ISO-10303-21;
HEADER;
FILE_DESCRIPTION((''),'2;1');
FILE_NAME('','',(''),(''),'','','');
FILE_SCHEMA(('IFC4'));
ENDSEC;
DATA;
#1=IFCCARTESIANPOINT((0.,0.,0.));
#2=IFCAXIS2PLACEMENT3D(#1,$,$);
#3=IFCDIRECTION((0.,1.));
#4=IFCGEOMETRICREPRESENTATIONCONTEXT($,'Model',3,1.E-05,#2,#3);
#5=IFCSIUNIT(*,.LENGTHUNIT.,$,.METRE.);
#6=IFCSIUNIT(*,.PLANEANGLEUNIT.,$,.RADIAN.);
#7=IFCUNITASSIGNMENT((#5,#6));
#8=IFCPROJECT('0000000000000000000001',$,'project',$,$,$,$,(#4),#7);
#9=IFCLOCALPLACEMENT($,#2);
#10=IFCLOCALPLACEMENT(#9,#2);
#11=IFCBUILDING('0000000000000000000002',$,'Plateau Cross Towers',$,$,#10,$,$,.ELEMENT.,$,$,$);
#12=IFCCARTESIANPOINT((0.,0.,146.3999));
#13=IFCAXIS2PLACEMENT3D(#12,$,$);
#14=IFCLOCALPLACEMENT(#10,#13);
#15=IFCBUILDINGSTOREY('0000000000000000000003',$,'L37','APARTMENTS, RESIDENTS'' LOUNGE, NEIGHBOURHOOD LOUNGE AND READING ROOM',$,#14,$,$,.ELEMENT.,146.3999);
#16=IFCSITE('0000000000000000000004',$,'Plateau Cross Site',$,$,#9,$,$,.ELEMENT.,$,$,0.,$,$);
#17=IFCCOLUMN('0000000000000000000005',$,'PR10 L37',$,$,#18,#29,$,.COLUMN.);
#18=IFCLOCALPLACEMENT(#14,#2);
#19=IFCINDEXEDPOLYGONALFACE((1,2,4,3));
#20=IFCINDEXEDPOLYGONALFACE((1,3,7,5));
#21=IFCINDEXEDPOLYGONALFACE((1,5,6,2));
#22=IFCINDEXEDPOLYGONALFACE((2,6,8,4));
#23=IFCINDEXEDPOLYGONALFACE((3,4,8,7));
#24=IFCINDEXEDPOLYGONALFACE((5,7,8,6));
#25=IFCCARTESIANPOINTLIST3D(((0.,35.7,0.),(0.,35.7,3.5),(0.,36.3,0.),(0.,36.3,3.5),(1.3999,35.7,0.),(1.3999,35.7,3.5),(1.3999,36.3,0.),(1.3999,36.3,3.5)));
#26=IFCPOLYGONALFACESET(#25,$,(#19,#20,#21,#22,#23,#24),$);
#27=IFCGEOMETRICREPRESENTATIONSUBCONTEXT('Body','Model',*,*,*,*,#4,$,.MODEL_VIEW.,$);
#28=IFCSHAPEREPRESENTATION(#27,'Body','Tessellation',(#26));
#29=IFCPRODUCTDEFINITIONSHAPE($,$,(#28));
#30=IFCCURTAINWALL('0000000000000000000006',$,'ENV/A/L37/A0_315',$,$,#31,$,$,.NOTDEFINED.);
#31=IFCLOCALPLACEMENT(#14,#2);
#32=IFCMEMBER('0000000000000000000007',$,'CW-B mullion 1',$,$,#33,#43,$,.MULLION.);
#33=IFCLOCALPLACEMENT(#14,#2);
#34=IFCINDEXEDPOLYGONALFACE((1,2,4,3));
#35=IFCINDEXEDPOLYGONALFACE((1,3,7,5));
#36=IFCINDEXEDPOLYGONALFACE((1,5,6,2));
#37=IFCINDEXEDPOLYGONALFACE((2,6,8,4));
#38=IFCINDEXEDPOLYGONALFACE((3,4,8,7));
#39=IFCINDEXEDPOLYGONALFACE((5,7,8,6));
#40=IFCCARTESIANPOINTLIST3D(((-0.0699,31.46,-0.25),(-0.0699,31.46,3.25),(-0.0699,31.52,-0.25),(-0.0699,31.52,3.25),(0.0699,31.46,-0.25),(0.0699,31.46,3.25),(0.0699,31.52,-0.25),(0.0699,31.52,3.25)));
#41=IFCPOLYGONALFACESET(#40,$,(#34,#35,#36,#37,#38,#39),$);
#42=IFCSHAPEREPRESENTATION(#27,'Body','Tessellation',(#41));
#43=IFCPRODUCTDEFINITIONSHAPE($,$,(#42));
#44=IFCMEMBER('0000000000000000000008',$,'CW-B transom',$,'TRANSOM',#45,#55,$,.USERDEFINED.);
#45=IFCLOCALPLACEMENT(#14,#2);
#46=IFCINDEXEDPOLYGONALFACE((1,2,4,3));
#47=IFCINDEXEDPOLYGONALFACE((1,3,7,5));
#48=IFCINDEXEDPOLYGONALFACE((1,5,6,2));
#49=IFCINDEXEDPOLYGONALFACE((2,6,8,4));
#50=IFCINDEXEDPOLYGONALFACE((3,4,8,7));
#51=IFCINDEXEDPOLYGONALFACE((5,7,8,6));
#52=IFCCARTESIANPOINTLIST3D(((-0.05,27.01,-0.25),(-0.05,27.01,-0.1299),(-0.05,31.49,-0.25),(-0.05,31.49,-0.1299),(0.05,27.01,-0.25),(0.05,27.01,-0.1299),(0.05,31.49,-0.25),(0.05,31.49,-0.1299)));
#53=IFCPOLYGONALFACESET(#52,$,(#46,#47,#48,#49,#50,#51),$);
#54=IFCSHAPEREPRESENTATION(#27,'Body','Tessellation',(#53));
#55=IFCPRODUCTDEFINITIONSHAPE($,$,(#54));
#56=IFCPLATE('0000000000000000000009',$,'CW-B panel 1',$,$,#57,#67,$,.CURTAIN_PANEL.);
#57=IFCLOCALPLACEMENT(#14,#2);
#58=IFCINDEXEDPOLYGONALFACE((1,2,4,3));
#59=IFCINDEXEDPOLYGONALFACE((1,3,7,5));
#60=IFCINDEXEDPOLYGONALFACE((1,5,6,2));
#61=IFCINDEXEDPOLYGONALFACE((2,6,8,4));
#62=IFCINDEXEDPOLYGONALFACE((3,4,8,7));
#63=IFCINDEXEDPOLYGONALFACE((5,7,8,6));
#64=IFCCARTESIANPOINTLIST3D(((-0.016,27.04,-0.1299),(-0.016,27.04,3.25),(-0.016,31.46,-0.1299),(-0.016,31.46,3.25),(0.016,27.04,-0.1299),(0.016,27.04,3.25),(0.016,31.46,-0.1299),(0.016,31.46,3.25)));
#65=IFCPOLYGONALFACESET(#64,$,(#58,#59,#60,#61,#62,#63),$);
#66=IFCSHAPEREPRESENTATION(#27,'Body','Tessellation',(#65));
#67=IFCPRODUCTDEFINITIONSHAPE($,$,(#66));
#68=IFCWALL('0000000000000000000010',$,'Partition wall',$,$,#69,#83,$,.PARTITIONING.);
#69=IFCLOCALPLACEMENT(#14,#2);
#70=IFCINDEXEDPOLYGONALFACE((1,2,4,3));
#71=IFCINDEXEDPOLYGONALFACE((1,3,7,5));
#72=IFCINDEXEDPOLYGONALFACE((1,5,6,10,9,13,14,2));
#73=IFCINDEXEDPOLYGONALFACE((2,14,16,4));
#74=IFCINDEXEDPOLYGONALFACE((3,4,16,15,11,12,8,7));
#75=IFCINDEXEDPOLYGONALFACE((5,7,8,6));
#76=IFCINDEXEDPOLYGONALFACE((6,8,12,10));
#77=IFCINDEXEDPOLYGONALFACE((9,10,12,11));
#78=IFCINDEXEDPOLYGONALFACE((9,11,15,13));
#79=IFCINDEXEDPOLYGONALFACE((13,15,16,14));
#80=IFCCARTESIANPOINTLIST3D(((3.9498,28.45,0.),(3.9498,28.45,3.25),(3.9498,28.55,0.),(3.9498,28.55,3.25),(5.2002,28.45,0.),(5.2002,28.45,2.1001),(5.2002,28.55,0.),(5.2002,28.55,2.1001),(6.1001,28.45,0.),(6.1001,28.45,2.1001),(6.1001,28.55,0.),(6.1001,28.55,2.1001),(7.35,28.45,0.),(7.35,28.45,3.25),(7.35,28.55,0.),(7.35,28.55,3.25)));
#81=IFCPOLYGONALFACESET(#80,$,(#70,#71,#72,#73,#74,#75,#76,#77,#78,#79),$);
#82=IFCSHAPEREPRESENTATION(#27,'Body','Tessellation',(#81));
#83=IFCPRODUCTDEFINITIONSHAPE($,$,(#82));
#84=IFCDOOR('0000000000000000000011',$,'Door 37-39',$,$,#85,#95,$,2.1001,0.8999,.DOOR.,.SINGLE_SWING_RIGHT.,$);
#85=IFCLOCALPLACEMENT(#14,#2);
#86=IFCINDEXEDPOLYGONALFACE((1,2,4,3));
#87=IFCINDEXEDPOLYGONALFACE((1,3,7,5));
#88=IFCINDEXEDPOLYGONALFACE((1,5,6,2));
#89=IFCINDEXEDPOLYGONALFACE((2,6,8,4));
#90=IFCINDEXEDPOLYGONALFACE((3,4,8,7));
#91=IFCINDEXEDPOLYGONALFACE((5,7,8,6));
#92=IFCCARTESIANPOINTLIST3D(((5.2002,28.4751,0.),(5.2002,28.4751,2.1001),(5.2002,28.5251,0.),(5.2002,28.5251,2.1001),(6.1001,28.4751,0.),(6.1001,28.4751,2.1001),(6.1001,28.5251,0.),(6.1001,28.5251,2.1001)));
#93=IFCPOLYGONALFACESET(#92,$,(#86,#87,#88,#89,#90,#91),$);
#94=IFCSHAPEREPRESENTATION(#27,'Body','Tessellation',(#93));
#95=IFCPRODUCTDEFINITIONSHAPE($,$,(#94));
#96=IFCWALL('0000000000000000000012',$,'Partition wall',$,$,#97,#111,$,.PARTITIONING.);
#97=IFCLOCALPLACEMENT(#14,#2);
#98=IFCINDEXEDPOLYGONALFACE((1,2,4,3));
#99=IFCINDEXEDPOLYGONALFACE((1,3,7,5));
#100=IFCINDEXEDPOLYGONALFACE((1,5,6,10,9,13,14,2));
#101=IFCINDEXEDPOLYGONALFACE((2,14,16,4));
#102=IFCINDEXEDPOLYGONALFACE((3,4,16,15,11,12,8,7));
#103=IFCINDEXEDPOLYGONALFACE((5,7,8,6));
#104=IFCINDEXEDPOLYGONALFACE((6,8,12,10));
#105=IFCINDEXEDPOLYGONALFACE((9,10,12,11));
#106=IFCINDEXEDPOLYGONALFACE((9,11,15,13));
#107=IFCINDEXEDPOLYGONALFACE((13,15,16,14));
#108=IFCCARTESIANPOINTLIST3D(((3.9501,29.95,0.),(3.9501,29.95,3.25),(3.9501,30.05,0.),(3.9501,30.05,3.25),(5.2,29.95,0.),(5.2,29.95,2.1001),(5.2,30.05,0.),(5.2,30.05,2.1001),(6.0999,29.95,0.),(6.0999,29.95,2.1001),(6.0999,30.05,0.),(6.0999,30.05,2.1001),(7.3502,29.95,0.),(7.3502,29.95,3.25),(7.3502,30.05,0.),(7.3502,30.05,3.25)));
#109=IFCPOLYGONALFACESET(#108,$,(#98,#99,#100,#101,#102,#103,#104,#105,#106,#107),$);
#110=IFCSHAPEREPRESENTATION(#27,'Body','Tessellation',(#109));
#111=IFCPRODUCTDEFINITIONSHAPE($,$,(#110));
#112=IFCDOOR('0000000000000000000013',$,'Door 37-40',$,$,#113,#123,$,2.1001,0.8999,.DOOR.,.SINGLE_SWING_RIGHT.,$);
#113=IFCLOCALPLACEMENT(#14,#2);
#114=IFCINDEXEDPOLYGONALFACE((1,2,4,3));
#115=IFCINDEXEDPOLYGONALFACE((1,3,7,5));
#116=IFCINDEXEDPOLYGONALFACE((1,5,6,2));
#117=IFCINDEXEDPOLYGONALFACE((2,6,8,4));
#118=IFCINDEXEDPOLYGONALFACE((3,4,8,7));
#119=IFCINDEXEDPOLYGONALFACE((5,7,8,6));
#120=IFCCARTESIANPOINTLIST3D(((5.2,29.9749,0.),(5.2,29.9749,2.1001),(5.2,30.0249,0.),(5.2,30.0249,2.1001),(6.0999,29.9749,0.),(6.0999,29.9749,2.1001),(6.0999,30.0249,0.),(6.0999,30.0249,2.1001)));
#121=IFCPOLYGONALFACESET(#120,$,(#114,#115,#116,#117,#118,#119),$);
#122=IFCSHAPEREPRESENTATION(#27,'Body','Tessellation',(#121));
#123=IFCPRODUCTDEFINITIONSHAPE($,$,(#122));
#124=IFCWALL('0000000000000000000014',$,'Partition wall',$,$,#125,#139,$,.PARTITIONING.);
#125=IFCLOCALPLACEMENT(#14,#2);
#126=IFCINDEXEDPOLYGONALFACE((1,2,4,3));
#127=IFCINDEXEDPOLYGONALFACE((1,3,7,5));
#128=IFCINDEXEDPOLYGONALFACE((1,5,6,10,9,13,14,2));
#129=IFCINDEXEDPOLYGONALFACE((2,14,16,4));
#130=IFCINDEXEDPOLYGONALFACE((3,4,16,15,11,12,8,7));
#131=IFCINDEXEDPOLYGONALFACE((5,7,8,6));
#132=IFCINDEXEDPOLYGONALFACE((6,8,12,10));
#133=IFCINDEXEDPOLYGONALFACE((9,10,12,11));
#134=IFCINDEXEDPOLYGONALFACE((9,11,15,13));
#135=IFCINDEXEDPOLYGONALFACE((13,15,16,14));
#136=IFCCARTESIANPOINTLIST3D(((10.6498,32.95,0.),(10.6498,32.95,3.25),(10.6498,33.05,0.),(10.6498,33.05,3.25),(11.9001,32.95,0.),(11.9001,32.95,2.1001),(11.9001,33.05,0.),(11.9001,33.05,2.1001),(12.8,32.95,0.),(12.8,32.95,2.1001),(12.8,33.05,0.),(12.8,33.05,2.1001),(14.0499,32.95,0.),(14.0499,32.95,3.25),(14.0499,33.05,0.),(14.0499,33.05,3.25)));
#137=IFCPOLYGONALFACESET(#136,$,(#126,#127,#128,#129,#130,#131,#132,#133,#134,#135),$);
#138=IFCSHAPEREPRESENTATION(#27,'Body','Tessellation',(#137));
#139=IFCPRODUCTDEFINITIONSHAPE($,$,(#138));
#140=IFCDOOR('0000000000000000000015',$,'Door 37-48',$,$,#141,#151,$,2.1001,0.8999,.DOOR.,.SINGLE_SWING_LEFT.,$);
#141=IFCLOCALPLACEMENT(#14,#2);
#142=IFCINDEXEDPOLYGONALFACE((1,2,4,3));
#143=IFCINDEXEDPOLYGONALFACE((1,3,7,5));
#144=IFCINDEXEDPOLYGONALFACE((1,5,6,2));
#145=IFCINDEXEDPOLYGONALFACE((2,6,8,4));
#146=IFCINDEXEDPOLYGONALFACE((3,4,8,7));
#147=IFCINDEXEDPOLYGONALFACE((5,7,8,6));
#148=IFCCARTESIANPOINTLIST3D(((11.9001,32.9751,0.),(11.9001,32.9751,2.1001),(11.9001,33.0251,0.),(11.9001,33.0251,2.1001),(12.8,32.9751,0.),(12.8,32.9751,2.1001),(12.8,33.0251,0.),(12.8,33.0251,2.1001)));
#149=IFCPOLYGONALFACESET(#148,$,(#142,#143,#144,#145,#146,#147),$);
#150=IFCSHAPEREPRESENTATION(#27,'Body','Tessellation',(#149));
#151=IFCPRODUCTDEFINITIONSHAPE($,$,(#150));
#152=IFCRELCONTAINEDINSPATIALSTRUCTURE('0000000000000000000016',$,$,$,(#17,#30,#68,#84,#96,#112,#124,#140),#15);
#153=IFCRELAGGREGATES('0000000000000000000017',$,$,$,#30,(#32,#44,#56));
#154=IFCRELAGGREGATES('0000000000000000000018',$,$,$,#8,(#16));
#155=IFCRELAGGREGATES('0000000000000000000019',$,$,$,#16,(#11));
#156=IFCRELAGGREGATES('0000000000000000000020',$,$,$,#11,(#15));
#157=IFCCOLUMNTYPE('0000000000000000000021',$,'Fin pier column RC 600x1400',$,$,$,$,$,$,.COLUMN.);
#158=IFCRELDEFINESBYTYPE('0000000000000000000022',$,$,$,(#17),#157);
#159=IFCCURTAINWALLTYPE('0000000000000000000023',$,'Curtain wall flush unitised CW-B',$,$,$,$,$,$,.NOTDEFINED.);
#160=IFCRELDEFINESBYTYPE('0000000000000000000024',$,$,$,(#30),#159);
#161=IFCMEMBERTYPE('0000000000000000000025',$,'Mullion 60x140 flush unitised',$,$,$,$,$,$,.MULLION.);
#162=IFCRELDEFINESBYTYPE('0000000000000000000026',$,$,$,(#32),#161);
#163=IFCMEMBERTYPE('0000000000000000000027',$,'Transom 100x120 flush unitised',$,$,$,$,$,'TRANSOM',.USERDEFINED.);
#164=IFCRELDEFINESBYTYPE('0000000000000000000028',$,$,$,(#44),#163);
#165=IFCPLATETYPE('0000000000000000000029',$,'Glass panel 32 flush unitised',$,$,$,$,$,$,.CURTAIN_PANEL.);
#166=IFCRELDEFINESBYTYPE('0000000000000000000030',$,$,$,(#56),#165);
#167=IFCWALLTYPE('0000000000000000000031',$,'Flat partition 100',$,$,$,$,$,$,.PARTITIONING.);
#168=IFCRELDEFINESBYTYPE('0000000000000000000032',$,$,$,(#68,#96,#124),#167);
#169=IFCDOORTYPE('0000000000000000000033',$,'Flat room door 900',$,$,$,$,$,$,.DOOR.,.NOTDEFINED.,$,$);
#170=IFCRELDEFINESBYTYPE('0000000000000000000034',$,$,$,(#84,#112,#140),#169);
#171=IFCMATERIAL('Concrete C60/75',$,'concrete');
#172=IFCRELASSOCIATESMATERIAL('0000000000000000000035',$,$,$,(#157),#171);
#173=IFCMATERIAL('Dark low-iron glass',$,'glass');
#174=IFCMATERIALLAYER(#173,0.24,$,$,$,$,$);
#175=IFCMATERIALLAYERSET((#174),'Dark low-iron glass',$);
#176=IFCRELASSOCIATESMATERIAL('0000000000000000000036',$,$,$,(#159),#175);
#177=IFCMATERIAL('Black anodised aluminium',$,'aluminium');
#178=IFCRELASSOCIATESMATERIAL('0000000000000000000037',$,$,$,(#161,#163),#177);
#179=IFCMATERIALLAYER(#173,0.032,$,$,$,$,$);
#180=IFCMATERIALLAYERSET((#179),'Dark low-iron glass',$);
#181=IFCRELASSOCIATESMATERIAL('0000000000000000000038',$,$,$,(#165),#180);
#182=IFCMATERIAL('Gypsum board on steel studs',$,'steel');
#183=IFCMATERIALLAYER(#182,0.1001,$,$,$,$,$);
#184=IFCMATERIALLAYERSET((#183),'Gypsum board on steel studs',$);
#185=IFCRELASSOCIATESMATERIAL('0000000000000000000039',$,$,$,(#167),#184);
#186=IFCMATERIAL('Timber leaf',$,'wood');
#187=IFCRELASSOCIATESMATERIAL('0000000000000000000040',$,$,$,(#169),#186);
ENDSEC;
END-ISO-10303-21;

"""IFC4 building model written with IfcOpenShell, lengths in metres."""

from ifc_helpers import new_model, si_unit, direction, frame, frame_2d, origin, origin_2d, place, context, subcontext, project, spatial, rectangle, extrude, material, layer, layer_set, material_profile, profile_set, type_object, element, fill, aggregate, save


model = new_model("IFC4")

# Units and contexts
model_context = context("Model", 3, precision=1e-05, world=origin(), true_north=direction((0.0, 1.0)))
body_context = subcontext(model_context, "Body", "Model", "MODEL_VIEW")
ifc_project = project(units=[si_unit("LENGTHUNIT", "METRE"), si_unit("PLANEANGLEUNIT", "RADIAN")], contexts=[model_context])

# Site, building, storey
site_placement = place(None, origin())
site = spatial("IfcSite", under=ifc_project, at=site_placement, Name="Plateau Cross Site", CompositionType="ELEMENT", RefElevation=0.0)
building_placement = place(site_placement, origin())
building = spatial("IfcBuilding", under=site, at=building_placement, Name="Plateau Cross Towers", CompositionType="ELEMENT")
storey_placement = place(building_placement, frame((0.0, 0.0, 146.3999)))
storey = spatial("IfcBuildingStorey", under=building, at=storey_placement, Name="L37", Description="APARTMENTS, RESIDENTS' LOUNGE, NEIGHBOURHOOD LOUNGE AND READING ROOM", CompositionType="ELEMENT", Elevation=146.3999)

# Column
ifc_material_1 = material(Name="Concrete C60/75", Category="concrete")
ifc_material_profile_1 = material_profile(ifc_material_1, rectangle(XDim=0.6001, YDim=1.3999, at=origin_2d()), Name="RC 600x1400")
ifc_profile_set_1 = profile_set([ifc_material_profile_1], Name="Concrete C60/75")
column_type = type_object("IfcColumnType", Name="Fin pier column RC 600x1400", PredefinedType="COLUMN", material=ifc_profile_set_1)
column_placement = place(storey_placement, frame((0.7, 36.0, 0.0), z_axis=(0.0, 0.0, 1.0), x_axis=(0.0, 1.0, 0.0)))
element("IfcColumn", 1, at=column_placement, inside=storey, type_object=column_type, Name="PR10 L37", PredefinedType="COLUMN", context=body_context, shape_type="SweptSolid", body=[
    extrude(rectangle(XDim=0.6001, YDim=1.3999, at=origin_2d()), origin(), (0.0, 0.0, 1.0), 3.5),
])

# Curtain wall, members, plate
ifc_material_2 = material(Name="Dark low-iron glass", Category="glass")
ifc_layer_1 = layer(ifc_material_2, 0.24)
ifc_layer_set_1 = layer_set([ifc_layer_1], Name="Dark low-iron glass")
curtain_wall_type = type_object("IfcCurtainWallType", Name="Curtain wall flush unitised CW-B", PredefinedType="NOTDEFINED", material=ifc_layer_set_1)
curtain_wall_placement = place(storey_placement, origin())
curtain_wall = element("IfcCurtainWall", 2, at=curtain_wall_placement, inside=storey, type_object=curtain_wall_type, Name="ENV/A/L37/A0_315", PredefinedType="NOTDEFINED")
ifc_material_3 = material(Name="Black anodised aluminium", Category="aluminium")
ifc_material_profile_2 = material_profile(ifc_material_3, rectangle(XDim=0.0601, YDim=0.1399, at=origin_2d()), Name="MULLION 60x140")
ifc_profile_set_2 = profile_set([ifc_material_profile_2], Name="Black anodised aluminium")
member_type_1 = type_object("IfcMemberType", Name="Mullion 60x140 flush unitised", PredefinedType="MULLION", material=ifc_profile_set_2)
member_1_placement = place(storey_placement, frame((0.0, 31.49, -0.25), z_axis=(0.0, 0.0, 1.0), x_axis=(0.0, -1.0, 0.0)))
member_1 = element("IfcMember", 3, at=member_1_placement, type_object=member_type_1, Name="CW-B mullion 1", PredefinedType="MULLION", context=body_context, shape_type="SweptSolid", body=[
    extrude(rectangle(XDim=0.0601, YDim=0.1399, at=origin_2d()), origin(), (0.0, 0.0, 1.0), 3.5),
])
ifc_material_profile_3 = material_profile(ifc_material_3, rectangle(XDim=0.1001, YDim=0.1201, at=origin_2d()), Name="TRANSOM 100x120")
ifc_profile_set_3 = profile_set([ifc_material_profile_3], Name="Black anodised aluminium")
member_type_2 = type_object("IfcMemberType", Name="Transom 100x120 flush unitised", ElementType="TRANSOM", PredefinedType="USERDEFINED", material=ifc_profile_set_3)
member_2_placement = place(storey_placement, frame((0.0, 31.49, -0.1899), z_axis=(0.0, -1.0, 0.0), x_axis=(1.0, 0.0, 0.0)))
member_2 = element("IfcMember", 4, at=member_2_placement, type_object=member_type_2, Name="CW-B transom", ObjectType="TRANSOM", PredefinedType="USERDEFINED", context=body_context, shape_type="SweptSolid", body=[
    extrude(rectangle(XDim=0.1001, YDim=0.1201, at=origin_2d()), origin(), (0.0, 0.0, 1.0), 4.48),
])
ifc_layer_2 = layer(ifc_material_2, 0.032)
ifc_layer_set_2 = layer_set([ifc_layer_2], Name="Dark low-iron glass")
plate_type = type_object("IfcPlateType", Name="Glass panel 32 flush unitised", PredefinedType="CURTAIN_PANEL", material=ifc_layer_set_2)
plate_placement = place(storey_placement, frame((0.0, 29.25, -0.1299), z_axis=(0.0, 0.0, 1.0), x_axis=(0.0, -1.0, 0.0)))
plate = element("IfcPlate", 5, at=plate_placement, type_object=plate_type, Name="CW-B panel 1", PredefinedType="CURTAIN_PANEL", context=body_context, shape_type="SweptSolid", body=[
    extrude(rectangle(XDim=4.4199, YDim=0.032, at=origin_2d()), origin(), (0.0, 0.0, 1.0), 3.3799),
])
aggregate(curtain_wall, [member_1, member_2, plate])

# Walls, openings, doors
ifc_material_4 = material(Name="Gypsum board on steel studs", Category="steel")
ifc_layer_3 = layer(ifc_material_4, 0.1001)
ifc_layer_set_3 = layer_set([ifc_layer_3], Name="Gypsum board on steel studs")
wall_type_1 = type_object("IfcWallType", Name="Flat partition 100", PredefinedType="PARTITIONING", material=ifc_layer_set_3)
wall_1_placement = place(storey_placement, frame((7.3501, 28.5, 0.0), z_axis=(0.0, 0.0, 1.0), x_axis=(-1.0, 0.0, 0.0)))
wall_1 = element("IfcWall", 6, at=wall_1_placement, inside=storey, type_object=wall_type_1, Name="Partition wall", PredefinedType="PARTITIONING", context=body_context, shape_type="SweptSolid", body=[
    extrude(rectangle(XDim=3.4001, YDim=0.1001, at=frame_2d((1.7002, 0.0))), origin(), (0.0, 0.0, 1.0), 3.25),
])
opening_1_placement = place(wall_1_placement, frame((1.25, 0.0, 0.0)))
opening_1 = element("IfcOpeningElement", 7, at=opening_1_placement, cuts=wall_1, PredefinedType="OPENING", context=body_context, shape_type="SweptSolid", body=[
    extrude(rectangle(XDim=0.8999, YDim=2.1001, at=frame_2d((0.45, 1.05))), frame((0.0, 0.0601, 0.0), z_axis=(0.0, -1.0, 0.0), x_axis=(1.0, 0.0, 0.0)), (0.0, 0.0, 1.0), 0.1201),
])
ifc_material_5 = material(Name="Timber leaf", Category="wood")
door_type_1 = type_object("IfcDoorType", Name="Flat room door 900", OperationType="NOTDEFINED", PredefinedType="DOOR", material=ifc_material_5)
door_1_placement = place(opening_1_placement, origin())
door_1 = element("IfcDoor", 8, at=door_1_placement, inside=storey, type_object=door_type_1, Name="Door 37-39", OperationType="SINGLE_SWING_RIGHT", OverallHeight=2.1001, OverallWidth=0.8999, PredefinedType="DOOR", context=body_context, shape_type="SweptSolid", body=[
    extrude(rectangle(XDim=0.8999, YDim=2.1001, at=frame_2d((0.45, 1.05))), frame((0.0, 0.0249, 0.0), z_axis=(0.0, -1.0, 0.0), x_axis=(1.0, 0.0, 0.0)), (0.0, 0.0, 1.0), 0.05),
])
fill(opening_1, door_1)
wall_2_placement = place(storey_placement, frame((3.95, 30.0, 0.0), z_axis=(0.0, 0.0, 1.0), x_axis=(1.0, 0.0, 0.0)))
wall_2 = element("IfcWall", 9, at=wall_2_placement, inside=storey, type_object=wall_type_1, Name="Partition wall", PredefinedType="PARTITIONING", context=body_context, shape_type="SweptSolid", body=[
    extrude(rectangle(XDim=3.4001, YDim=0.1001, at=frame_2d((1.7002, 0.0))), origin(), (0.0, 0.0, 1.0), 3.25),
])
opening_2_placement = place(wall_2_placement, frame((1.25, 0.0, 0.0)))
opening_2 = element("IfcOpeningElement", 10, at=opening_2_placement, cuts=wall_2, PredefinedType="OPENING", context=body_context, shape_type="SweptSolid", body=[
    extrude(rectangle(XDim=0.8999, YDim=2.1001, at=frame_2d((0.45, 1.05))), frame((0.0, 0.0601, 0.0), z_axis=(0.0, -1.0, 0.0), x_axis=(1.0, 0.0, 0.0)), (0.0, 0.0, 1.0), 0.1201),
])
door_2_placement = place(opening_2_placement, origin())
door_2 = element("IfcDoor", 11, at=door_2_placement, inside=storey, type_object=door_type_1, Name="Door 37-40", OperationType="SINGLE_SWING_RIGHT", OverallHeight=2.1001, OverallWidth=0.8999, PredefinedType="DOOR", context=body_context, shape_type="SweptSolid", body=[
    extrude(rectangle(XDim=0.8999, YDim=2.1001, at=frame_2d((0.45, 1.05))), frame((0.0, 0.0249, 0.0), z_axis=(0.0, -1.0, 0.0), x_axis=(1.0, 0.0, 0.0)), (0.0, 0.0, 1.0), 0.05),
])
fill(opening_2, door_2)
wall_3_placement = place(storey_placement, frame((14.05, 33.0, 0.0), z_axis=(0.0, 0.0, 1.0), x_axis=(-1.0, 0.0, 0.0)))
wall_3 = element("IfcWall", 12, at=wall_3_placement, inside=storey, type_object=wall_type_1, Name="Partition wall", PredefinedType="PARTITIONING", context=body_context, shape_type="SweptSolid", body=[
    extrude(rectangle(XDim=3.4001, YDim=0.1001, at=frame_2d((1.7002, 0.0))), origin(), (0.0, 0.0, 1.0), 3.25),
])
opening_3_placement = place(wall_3_placement, frame((1.25, 0.0, 0.0)))
opening_3 = element("IfcOpeningElement", 13, at=opening_3_placement, cuts=wall_3, PredefinedType="OPENING", context=body_context, shape_type="SweptSolid", body=[
    extrude(rectangle(XDim=0.8999, YDim=2.1001, at=frame_2d((0.45, 1.05))), frame((0.0, 0.0601, 0.0), z_axis=(0.0, -1.0, 0.0), x_axis=(1.0, 0.0, 0.0)), (0.0, 0.0, 1.0), 0.1201),
])
door_3_placement = place(opening_3_placement, origin())
door_3 = element("IfcDoor", 14, at=door_3_placement, inside=storey, type_object=door_type_1, Name="Door 37-48", OperationType="SINGLE_SWING_LEFT", OverallHeight=2.1001, OverallWidth=0.8999, PredefinedType="DOOR", context=body_context, shape_type="SweptSolid", body=[
    extrude(rectangle(XDim=0.8999, YDim=2.1001, at=frame_2d((0.45, 1.05))), frame((0.0, 0.0249, 0.0), z_axis=(0.0, -1.0, 0.0), x_axis=(1.0, 0.0, 0.0)), (0.0, 0.0, 1.0), 0.05),
])
fill(opening_3, door_3)

save(model, "model.ifc")
